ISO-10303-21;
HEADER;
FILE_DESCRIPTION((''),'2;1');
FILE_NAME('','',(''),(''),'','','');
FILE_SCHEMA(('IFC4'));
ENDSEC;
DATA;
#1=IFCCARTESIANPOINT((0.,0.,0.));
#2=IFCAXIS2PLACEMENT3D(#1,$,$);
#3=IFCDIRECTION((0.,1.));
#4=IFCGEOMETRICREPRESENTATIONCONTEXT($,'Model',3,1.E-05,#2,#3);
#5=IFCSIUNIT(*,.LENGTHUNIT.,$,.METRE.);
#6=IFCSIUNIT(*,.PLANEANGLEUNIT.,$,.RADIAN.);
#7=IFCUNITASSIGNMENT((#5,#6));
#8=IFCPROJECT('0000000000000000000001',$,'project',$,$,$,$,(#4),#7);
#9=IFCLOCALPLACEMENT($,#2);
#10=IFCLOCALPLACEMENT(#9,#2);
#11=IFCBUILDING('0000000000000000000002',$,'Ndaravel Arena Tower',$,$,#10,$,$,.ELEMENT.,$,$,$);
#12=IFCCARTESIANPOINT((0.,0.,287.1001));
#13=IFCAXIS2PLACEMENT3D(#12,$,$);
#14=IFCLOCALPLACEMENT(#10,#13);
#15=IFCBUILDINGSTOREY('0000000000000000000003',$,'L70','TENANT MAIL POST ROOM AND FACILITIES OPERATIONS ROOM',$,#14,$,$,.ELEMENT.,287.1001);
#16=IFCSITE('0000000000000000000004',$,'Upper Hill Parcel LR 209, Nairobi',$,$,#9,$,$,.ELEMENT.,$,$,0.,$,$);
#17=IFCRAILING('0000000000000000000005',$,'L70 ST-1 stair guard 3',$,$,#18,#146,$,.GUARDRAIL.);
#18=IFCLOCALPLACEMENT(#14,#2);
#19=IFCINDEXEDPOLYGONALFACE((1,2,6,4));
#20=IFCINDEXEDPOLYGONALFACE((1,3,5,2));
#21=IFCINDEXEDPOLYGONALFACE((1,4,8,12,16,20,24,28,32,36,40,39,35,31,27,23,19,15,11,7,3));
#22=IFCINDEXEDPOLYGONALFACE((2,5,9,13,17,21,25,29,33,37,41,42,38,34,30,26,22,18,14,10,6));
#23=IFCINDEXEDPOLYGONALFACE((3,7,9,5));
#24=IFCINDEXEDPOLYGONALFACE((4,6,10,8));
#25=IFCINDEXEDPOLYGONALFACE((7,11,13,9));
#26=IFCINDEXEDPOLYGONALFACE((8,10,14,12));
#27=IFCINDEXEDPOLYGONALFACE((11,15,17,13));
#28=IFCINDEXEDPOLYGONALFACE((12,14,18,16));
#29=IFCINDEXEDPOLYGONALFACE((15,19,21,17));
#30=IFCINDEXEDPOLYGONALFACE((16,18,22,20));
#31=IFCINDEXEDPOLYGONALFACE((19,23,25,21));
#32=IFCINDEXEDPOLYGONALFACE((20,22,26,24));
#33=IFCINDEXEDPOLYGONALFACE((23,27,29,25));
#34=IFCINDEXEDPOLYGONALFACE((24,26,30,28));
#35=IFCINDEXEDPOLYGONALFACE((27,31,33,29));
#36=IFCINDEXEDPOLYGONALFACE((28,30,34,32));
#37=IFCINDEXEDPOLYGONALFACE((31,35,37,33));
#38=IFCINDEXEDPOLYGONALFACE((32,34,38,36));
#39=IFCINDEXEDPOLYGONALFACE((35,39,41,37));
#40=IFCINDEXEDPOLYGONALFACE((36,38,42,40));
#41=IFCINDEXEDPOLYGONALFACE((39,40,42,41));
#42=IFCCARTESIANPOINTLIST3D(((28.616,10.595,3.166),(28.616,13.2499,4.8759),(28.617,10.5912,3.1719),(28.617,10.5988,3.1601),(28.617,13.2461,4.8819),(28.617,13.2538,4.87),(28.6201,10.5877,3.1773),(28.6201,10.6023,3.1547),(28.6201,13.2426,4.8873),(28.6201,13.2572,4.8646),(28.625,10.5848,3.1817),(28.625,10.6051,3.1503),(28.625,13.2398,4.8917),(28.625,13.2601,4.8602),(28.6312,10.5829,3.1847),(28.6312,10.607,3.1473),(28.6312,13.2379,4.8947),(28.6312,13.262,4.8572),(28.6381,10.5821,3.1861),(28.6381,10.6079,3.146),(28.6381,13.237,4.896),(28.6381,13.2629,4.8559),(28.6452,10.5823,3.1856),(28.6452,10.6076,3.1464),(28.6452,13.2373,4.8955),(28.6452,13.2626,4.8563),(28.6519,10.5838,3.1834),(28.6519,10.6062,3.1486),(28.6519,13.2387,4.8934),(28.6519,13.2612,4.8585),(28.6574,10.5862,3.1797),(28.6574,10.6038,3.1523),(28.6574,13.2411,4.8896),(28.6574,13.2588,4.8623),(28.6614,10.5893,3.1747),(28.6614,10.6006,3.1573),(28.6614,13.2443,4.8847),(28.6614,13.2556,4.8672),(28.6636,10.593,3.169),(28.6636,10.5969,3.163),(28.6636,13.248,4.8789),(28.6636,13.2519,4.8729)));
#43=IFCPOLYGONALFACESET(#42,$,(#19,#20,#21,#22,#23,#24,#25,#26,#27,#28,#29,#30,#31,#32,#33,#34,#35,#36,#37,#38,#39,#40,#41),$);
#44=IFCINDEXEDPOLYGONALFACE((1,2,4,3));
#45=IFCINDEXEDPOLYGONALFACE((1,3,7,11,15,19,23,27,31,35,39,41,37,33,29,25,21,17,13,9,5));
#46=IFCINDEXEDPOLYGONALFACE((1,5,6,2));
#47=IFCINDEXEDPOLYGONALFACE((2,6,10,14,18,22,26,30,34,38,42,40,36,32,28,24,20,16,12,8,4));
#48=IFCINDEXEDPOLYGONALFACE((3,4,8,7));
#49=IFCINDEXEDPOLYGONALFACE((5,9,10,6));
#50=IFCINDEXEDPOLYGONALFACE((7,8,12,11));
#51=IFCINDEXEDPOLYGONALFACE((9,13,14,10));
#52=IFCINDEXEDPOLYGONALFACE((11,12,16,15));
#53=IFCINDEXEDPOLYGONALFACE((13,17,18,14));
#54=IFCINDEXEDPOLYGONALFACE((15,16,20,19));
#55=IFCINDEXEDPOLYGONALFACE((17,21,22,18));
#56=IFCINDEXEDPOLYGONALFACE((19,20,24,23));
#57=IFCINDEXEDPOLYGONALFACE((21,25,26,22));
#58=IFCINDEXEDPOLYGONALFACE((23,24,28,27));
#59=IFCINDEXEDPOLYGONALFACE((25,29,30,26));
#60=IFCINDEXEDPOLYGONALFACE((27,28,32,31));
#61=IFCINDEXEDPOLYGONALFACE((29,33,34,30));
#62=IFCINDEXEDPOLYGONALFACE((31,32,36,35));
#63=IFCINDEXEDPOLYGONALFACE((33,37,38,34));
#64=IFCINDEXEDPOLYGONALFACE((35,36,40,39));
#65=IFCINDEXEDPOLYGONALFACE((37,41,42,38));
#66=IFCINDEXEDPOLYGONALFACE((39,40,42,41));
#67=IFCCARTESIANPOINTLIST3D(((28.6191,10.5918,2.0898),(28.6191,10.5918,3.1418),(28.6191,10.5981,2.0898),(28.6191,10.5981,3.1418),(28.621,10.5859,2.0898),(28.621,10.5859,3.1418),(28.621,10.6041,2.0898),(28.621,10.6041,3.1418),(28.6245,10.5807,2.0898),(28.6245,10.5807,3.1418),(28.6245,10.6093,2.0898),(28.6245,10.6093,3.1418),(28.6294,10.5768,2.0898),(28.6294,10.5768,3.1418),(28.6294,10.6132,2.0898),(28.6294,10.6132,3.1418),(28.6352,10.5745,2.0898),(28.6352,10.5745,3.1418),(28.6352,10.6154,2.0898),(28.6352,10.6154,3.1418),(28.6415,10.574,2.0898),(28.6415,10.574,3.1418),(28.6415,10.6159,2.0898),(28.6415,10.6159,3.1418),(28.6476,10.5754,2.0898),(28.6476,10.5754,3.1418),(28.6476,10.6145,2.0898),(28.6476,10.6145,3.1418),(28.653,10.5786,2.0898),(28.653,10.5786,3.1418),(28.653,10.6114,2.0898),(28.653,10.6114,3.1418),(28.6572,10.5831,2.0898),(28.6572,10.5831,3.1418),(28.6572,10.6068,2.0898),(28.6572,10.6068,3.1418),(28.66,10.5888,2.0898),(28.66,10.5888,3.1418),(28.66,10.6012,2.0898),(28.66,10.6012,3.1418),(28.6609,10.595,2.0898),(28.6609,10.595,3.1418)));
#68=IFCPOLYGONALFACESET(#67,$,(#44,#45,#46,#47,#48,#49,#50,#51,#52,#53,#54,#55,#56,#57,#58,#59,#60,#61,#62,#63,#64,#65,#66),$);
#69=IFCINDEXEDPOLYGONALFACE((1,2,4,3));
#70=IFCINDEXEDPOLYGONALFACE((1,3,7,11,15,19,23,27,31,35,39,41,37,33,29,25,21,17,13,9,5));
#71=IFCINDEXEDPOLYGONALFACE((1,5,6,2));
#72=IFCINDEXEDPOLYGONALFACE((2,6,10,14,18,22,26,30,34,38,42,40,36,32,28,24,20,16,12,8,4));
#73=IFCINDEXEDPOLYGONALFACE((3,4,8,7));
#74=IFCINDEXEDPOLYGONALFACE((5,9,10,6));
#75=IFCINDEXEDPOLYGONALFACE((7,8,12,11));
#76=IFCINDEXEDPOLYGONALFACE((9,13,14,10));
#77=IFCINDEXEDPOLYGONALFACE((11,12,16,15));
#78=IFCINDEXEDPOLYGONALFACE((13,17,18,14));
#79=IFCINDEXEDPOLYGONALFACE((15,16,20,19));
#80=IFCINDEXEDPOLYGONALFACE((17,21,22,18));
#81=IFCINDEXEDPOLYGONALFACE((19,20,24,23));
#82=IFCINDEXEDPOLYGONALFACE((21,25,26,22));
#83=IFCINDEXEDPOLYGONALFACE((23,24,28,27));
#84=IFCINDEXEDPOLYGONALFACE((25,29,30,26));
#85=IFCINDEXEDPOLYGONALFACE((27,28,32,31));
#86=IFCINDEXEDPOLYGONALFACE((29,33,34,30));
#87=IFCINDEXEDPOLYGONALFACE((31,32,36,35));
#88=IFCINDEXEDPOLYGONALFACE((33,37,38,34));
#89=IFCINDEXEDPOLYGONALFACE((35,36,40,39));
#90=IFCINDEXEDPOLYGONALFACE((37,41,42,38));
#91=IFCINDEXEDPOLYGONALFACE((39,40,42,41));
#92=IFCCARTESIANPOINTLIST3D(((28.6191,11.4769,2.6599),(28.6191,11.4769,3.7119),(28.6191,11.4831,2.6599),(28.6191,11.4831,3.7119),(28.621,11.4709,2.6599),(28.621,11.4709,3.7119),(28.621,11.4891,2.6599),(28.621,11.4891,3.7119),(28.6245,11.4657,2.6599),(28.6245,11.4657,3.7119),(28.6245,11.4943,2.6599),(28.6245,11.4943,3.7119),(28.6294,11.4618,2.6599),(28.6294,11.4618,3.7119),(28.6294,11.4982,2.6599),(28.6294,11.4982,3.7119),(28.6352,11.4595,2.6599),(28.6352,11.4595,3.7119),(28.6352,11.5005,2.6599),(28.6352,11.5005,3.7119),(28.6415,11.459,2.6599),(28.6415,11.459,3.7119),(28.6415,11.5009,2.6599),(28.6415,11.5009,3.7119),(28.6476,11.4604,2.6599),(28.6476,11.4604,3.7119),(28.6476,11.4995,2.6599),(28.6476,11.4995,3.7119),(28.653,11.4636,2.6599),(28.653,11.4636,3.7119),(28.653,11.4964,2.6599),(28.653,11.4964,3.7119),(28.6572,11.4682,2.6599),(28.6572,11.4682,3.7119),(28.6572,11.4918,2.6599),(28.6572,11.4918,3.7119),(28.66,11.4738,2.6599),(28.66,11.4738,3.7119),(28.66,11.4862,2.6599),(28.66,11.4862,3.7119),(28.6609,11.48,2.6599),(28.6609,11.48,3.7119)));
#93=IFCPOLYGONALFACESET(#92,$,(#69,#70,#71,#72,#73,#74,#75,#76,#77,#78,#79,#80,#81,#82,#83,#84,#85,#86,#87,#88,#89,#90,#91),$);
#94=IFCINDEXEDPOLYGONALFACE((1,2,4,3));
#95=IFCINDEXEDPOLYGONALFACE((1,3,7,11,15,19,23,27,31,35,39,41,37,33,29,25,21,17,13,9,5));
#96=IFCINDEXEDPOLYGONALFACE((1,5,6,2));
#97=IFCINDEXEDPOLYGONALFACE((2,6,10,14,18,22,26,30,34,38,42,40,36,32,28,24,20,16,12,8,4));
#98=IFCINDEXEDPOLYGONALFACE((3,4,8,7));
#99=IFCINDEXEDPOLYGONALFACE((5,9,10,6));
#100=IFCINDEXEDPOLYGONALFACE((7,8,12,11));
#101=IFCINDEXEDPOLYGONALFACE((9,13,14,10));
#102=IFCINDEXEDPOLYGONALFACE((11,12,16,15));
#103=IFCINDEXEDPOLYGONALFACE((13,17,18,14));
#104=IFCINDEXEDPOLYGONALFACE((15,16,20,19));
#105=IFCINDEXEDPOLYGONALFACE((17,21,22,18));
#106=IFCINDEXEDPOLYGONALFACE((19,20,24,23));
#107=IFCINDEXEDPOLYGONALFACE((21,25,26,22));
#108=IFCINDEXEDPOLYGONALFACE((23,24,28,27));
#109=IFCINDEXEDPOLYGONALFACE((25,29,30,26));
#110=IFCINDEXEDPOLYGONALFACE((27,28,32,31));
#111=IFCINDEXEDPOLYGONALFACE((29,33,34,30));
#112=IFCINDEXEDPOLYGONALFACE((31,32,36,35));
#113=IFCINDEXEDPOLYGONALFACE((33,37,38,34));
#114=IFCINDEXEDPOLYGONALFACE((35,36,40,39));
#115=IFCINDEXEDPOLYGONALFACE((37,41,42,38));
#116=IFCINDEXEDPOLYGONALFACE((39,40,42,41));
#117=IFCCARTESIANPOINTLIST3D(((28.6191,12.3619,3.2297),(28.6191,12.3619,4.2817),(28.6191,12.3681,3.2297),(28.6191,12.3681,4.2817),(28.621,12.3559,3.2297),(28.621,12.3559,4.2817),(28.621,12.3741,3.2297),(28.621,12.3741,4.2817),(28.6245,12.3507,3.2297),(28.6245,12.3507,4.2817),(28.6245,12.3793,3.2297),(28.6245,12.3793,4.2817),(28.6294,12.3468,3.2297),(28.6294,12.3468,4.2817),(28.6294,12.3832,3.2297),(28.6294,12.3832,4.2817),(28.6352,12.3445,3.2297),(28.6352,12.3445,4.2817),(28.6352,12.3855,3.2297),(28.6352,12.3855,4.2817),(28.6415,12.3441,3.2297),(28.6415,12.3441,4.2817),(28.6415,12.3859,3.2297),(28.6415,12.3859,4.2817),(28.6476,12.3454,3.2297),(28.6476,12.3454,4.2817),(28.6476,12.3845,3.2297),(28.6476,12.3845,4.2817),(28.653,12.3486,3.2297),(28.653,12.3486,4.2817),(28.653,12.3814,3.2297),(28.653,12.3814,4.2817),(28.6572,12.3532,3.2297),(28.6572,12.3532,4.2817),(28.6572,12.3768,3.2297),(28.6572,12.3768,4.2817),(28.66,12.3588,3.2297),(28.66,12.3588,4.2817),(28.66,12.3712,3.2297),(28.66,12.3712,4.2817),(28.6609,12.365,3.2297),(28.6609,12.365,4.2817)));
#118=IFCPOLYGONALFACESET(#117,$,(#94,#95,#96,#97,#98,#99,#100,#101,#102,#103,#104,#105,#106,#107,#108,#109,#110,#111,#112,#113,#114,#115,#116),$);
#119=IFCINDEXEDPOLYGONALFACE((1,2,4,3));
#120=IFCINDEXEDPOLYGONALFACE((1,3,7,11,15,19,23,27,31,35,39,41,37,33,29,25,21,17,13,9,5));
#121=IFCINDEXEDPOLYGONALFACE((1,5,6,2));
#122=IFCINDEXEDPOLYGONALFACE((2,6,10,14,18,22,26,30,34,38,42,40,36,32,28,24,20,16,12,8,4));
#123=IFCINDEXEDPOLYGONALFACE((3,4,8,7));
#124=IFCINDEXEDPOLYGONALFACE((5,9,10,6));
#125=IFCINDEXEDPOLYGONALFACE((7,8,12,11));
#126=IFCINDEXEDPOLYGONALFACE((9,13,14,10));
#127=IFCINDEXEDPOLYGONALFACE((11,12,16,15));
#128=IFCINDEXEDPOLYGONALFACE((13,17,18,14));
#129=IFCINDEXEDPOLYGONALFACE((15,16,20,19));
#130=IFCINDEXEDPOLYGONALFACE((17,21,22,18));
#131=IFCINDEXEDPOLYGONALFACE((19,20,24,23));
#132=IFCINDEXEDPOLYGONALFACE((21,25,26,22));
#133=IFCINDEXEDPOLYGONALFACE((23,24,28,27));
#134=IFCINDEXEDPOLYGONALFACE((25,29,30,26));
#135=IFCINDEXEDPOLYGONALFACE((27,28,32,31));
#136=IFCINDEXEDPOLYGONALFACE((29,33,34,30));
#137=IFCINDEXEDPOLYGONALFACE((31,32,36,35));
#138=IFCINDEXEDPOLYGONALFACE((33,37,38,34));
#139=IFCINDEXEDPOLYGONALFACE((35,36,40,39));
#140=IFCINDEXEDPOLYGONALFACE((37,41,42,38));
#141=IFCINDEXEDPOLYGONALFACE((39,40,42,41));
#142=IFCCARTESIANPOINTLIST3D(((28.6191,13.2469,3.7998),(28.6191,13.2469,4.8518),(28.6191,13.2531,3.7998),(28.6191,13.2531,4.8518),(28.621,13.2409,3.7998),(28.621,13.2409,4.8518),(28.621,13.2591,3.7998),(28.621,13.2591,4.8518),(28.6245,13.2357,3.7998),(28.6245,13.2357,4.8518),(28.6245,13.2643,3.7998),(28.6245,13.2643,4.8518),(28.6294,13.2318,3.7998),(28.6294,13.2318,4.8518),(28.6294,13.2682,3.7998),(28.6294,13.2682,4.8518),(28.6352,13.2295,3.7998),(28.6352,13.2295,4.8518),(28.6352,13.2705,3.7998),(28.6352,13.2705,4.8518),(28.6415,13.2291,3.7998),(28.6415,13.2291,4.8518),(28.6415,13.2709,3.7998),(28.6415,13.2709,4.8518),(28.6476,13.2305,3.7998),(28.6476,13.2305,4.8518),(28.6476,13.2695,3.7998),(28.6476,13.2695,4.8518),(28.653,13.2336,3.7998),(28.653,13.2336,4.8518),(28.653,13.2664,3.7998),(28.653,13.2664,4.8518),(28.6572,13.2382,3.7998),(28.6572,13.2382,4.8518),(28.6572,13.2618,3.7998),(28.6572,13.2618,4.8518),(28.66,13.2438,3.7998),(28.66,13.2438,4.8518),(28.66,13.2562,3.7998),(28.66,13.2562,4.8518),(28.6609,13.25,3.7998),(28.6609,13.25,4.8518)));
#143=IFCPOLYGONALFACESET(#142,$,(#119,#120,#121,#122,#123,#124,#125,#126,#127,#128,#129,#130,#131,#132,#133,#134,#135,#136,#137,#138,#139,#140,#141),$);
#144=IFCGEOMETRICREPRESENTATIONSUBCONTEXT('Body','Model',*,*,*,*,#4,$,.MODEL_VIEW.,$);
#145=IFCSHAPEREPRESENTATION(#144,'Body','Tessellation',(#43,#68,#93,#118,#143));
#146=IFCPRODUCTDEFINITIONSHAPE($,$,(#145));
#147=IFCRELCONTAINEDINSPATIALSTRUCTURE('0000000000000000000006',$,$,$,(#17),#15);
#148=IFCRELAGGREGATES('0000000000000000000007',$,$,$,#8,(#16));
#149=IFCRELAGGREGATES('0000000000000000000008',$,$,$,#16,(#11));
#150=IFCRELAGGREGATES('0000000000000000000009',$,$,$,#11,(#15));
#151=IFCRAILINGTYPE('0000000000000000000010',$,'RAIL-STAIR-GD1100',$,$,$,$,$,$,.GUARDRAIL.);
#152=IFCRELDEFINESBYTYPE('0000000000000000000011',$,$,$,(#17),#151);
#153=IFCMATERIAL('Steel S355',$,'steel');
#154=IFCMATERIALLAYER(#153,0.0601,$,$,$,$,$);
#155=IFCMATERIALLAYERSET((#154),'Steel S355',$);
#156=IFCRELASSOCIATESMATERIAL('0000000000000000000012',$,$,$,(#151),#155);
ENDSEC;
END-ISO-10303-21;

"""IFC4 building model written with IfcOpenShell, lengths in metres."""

from ifc_helpers import new_model, si_unit, direction, frame, origin, origin_2d, place, context, subcontext, project, spatial, circle, extrude, material, layer, layer_set, type_object, element, save


model = new_model("IFC4")

# Units and contexts
model_context = context("Model", 3, precision=1e-05, world=origin(), true_north=direction((0.0, 1.0)))
body_context = subcontext(model_context, "Body", "Model", "MODEL_VIEW")
ifc_project = project(units=[si_unit("LENGTHUNIT", "METRE"), si_unit("PLANEANGLEUNIT", "RADIAN")], contexts=[model_context])

# Site, building, storey
site_placement = place(None, origin())
site = spatial("IfcSite", under=ifc_project, at=site_placement, Name="Upper Hill Parcel LR 209, Nairobi", CompositionType="ELEMENT", RefElevation=0.0)
building_placement = place(site_placement, origin())
building = spatial("IfcBuilding", under=site, at=building_placement, Name="Ndaravel Arena Tower", CompositionType="ELEMENT")
storey_placement = place(building_placement, frame((0.0, 0.0, 287.1001)))
storey = spatial("IfcBuildingStorey", under=building, at=storey_placement, Name="L70", Description="TENANT MAIL POST ROOM AND FACILITIES OPERATIONS ROOM", CompositionType="ELEMENT", Elevation=287.1001)

# Railing
ifc_material_1 = material(Name="Steel S355", Category="steel")
ifc_layer_1 = layer(ifc_material_1, 0.0601)
ifc_layer_set_1 = layer_set([ifc_layer_1], Name="Steel S355")
railing_type_1 = type_object("IfcRailingType", Name="RAIL-STAIR-GD1100", PredefinedType="GUARDRAIL", material=ifc_layer_set_1)
railing_1_placement = place(storey_placement, frame((28.6399, 10.595, 2.0898)))
element("IfcRailing", 1, at=railing_1_placement, inside=storey, type_object=railing_type_1, Name="L70 ST-1 stair guard 3", PredefinedType="GUARDRAIL", context=body_context, shape_type="SweptSolid", body=[
    extrude(circle(Radius=0.0239, at=origin_2d()), frame((0.0, 0.0, 1.0762), z_axis=(0.0, 0.840724, 0.541465), x_axis=(-1.0, 0.0, 0.0)), (0.0, 0.0, 1.0), 3.158),
    extrude(circle(Radius=0.021, at=origin_2d()), origin(), (0.0, 0.0, 1.0), 1.052),
    extrude(circle(Radius=0.021, at=origin_2d()), frame((0.0, 0.885, 0.5701)), (0.0, 0.0, 1.0), 1.052),
    extrude(circle(Radius=0.021, at=origin_2d()), frame((0.0, 1.77, 1.1399)), (0.0, 0.0, 1.0), 1.052),
    extrude(circle(Radius=0.021, at=origin_2d()), frame((0.0, 2.655, 1.71)), (0.0, 0.0, 1.0), 1.052),
])

save(model, "model.ifc")
